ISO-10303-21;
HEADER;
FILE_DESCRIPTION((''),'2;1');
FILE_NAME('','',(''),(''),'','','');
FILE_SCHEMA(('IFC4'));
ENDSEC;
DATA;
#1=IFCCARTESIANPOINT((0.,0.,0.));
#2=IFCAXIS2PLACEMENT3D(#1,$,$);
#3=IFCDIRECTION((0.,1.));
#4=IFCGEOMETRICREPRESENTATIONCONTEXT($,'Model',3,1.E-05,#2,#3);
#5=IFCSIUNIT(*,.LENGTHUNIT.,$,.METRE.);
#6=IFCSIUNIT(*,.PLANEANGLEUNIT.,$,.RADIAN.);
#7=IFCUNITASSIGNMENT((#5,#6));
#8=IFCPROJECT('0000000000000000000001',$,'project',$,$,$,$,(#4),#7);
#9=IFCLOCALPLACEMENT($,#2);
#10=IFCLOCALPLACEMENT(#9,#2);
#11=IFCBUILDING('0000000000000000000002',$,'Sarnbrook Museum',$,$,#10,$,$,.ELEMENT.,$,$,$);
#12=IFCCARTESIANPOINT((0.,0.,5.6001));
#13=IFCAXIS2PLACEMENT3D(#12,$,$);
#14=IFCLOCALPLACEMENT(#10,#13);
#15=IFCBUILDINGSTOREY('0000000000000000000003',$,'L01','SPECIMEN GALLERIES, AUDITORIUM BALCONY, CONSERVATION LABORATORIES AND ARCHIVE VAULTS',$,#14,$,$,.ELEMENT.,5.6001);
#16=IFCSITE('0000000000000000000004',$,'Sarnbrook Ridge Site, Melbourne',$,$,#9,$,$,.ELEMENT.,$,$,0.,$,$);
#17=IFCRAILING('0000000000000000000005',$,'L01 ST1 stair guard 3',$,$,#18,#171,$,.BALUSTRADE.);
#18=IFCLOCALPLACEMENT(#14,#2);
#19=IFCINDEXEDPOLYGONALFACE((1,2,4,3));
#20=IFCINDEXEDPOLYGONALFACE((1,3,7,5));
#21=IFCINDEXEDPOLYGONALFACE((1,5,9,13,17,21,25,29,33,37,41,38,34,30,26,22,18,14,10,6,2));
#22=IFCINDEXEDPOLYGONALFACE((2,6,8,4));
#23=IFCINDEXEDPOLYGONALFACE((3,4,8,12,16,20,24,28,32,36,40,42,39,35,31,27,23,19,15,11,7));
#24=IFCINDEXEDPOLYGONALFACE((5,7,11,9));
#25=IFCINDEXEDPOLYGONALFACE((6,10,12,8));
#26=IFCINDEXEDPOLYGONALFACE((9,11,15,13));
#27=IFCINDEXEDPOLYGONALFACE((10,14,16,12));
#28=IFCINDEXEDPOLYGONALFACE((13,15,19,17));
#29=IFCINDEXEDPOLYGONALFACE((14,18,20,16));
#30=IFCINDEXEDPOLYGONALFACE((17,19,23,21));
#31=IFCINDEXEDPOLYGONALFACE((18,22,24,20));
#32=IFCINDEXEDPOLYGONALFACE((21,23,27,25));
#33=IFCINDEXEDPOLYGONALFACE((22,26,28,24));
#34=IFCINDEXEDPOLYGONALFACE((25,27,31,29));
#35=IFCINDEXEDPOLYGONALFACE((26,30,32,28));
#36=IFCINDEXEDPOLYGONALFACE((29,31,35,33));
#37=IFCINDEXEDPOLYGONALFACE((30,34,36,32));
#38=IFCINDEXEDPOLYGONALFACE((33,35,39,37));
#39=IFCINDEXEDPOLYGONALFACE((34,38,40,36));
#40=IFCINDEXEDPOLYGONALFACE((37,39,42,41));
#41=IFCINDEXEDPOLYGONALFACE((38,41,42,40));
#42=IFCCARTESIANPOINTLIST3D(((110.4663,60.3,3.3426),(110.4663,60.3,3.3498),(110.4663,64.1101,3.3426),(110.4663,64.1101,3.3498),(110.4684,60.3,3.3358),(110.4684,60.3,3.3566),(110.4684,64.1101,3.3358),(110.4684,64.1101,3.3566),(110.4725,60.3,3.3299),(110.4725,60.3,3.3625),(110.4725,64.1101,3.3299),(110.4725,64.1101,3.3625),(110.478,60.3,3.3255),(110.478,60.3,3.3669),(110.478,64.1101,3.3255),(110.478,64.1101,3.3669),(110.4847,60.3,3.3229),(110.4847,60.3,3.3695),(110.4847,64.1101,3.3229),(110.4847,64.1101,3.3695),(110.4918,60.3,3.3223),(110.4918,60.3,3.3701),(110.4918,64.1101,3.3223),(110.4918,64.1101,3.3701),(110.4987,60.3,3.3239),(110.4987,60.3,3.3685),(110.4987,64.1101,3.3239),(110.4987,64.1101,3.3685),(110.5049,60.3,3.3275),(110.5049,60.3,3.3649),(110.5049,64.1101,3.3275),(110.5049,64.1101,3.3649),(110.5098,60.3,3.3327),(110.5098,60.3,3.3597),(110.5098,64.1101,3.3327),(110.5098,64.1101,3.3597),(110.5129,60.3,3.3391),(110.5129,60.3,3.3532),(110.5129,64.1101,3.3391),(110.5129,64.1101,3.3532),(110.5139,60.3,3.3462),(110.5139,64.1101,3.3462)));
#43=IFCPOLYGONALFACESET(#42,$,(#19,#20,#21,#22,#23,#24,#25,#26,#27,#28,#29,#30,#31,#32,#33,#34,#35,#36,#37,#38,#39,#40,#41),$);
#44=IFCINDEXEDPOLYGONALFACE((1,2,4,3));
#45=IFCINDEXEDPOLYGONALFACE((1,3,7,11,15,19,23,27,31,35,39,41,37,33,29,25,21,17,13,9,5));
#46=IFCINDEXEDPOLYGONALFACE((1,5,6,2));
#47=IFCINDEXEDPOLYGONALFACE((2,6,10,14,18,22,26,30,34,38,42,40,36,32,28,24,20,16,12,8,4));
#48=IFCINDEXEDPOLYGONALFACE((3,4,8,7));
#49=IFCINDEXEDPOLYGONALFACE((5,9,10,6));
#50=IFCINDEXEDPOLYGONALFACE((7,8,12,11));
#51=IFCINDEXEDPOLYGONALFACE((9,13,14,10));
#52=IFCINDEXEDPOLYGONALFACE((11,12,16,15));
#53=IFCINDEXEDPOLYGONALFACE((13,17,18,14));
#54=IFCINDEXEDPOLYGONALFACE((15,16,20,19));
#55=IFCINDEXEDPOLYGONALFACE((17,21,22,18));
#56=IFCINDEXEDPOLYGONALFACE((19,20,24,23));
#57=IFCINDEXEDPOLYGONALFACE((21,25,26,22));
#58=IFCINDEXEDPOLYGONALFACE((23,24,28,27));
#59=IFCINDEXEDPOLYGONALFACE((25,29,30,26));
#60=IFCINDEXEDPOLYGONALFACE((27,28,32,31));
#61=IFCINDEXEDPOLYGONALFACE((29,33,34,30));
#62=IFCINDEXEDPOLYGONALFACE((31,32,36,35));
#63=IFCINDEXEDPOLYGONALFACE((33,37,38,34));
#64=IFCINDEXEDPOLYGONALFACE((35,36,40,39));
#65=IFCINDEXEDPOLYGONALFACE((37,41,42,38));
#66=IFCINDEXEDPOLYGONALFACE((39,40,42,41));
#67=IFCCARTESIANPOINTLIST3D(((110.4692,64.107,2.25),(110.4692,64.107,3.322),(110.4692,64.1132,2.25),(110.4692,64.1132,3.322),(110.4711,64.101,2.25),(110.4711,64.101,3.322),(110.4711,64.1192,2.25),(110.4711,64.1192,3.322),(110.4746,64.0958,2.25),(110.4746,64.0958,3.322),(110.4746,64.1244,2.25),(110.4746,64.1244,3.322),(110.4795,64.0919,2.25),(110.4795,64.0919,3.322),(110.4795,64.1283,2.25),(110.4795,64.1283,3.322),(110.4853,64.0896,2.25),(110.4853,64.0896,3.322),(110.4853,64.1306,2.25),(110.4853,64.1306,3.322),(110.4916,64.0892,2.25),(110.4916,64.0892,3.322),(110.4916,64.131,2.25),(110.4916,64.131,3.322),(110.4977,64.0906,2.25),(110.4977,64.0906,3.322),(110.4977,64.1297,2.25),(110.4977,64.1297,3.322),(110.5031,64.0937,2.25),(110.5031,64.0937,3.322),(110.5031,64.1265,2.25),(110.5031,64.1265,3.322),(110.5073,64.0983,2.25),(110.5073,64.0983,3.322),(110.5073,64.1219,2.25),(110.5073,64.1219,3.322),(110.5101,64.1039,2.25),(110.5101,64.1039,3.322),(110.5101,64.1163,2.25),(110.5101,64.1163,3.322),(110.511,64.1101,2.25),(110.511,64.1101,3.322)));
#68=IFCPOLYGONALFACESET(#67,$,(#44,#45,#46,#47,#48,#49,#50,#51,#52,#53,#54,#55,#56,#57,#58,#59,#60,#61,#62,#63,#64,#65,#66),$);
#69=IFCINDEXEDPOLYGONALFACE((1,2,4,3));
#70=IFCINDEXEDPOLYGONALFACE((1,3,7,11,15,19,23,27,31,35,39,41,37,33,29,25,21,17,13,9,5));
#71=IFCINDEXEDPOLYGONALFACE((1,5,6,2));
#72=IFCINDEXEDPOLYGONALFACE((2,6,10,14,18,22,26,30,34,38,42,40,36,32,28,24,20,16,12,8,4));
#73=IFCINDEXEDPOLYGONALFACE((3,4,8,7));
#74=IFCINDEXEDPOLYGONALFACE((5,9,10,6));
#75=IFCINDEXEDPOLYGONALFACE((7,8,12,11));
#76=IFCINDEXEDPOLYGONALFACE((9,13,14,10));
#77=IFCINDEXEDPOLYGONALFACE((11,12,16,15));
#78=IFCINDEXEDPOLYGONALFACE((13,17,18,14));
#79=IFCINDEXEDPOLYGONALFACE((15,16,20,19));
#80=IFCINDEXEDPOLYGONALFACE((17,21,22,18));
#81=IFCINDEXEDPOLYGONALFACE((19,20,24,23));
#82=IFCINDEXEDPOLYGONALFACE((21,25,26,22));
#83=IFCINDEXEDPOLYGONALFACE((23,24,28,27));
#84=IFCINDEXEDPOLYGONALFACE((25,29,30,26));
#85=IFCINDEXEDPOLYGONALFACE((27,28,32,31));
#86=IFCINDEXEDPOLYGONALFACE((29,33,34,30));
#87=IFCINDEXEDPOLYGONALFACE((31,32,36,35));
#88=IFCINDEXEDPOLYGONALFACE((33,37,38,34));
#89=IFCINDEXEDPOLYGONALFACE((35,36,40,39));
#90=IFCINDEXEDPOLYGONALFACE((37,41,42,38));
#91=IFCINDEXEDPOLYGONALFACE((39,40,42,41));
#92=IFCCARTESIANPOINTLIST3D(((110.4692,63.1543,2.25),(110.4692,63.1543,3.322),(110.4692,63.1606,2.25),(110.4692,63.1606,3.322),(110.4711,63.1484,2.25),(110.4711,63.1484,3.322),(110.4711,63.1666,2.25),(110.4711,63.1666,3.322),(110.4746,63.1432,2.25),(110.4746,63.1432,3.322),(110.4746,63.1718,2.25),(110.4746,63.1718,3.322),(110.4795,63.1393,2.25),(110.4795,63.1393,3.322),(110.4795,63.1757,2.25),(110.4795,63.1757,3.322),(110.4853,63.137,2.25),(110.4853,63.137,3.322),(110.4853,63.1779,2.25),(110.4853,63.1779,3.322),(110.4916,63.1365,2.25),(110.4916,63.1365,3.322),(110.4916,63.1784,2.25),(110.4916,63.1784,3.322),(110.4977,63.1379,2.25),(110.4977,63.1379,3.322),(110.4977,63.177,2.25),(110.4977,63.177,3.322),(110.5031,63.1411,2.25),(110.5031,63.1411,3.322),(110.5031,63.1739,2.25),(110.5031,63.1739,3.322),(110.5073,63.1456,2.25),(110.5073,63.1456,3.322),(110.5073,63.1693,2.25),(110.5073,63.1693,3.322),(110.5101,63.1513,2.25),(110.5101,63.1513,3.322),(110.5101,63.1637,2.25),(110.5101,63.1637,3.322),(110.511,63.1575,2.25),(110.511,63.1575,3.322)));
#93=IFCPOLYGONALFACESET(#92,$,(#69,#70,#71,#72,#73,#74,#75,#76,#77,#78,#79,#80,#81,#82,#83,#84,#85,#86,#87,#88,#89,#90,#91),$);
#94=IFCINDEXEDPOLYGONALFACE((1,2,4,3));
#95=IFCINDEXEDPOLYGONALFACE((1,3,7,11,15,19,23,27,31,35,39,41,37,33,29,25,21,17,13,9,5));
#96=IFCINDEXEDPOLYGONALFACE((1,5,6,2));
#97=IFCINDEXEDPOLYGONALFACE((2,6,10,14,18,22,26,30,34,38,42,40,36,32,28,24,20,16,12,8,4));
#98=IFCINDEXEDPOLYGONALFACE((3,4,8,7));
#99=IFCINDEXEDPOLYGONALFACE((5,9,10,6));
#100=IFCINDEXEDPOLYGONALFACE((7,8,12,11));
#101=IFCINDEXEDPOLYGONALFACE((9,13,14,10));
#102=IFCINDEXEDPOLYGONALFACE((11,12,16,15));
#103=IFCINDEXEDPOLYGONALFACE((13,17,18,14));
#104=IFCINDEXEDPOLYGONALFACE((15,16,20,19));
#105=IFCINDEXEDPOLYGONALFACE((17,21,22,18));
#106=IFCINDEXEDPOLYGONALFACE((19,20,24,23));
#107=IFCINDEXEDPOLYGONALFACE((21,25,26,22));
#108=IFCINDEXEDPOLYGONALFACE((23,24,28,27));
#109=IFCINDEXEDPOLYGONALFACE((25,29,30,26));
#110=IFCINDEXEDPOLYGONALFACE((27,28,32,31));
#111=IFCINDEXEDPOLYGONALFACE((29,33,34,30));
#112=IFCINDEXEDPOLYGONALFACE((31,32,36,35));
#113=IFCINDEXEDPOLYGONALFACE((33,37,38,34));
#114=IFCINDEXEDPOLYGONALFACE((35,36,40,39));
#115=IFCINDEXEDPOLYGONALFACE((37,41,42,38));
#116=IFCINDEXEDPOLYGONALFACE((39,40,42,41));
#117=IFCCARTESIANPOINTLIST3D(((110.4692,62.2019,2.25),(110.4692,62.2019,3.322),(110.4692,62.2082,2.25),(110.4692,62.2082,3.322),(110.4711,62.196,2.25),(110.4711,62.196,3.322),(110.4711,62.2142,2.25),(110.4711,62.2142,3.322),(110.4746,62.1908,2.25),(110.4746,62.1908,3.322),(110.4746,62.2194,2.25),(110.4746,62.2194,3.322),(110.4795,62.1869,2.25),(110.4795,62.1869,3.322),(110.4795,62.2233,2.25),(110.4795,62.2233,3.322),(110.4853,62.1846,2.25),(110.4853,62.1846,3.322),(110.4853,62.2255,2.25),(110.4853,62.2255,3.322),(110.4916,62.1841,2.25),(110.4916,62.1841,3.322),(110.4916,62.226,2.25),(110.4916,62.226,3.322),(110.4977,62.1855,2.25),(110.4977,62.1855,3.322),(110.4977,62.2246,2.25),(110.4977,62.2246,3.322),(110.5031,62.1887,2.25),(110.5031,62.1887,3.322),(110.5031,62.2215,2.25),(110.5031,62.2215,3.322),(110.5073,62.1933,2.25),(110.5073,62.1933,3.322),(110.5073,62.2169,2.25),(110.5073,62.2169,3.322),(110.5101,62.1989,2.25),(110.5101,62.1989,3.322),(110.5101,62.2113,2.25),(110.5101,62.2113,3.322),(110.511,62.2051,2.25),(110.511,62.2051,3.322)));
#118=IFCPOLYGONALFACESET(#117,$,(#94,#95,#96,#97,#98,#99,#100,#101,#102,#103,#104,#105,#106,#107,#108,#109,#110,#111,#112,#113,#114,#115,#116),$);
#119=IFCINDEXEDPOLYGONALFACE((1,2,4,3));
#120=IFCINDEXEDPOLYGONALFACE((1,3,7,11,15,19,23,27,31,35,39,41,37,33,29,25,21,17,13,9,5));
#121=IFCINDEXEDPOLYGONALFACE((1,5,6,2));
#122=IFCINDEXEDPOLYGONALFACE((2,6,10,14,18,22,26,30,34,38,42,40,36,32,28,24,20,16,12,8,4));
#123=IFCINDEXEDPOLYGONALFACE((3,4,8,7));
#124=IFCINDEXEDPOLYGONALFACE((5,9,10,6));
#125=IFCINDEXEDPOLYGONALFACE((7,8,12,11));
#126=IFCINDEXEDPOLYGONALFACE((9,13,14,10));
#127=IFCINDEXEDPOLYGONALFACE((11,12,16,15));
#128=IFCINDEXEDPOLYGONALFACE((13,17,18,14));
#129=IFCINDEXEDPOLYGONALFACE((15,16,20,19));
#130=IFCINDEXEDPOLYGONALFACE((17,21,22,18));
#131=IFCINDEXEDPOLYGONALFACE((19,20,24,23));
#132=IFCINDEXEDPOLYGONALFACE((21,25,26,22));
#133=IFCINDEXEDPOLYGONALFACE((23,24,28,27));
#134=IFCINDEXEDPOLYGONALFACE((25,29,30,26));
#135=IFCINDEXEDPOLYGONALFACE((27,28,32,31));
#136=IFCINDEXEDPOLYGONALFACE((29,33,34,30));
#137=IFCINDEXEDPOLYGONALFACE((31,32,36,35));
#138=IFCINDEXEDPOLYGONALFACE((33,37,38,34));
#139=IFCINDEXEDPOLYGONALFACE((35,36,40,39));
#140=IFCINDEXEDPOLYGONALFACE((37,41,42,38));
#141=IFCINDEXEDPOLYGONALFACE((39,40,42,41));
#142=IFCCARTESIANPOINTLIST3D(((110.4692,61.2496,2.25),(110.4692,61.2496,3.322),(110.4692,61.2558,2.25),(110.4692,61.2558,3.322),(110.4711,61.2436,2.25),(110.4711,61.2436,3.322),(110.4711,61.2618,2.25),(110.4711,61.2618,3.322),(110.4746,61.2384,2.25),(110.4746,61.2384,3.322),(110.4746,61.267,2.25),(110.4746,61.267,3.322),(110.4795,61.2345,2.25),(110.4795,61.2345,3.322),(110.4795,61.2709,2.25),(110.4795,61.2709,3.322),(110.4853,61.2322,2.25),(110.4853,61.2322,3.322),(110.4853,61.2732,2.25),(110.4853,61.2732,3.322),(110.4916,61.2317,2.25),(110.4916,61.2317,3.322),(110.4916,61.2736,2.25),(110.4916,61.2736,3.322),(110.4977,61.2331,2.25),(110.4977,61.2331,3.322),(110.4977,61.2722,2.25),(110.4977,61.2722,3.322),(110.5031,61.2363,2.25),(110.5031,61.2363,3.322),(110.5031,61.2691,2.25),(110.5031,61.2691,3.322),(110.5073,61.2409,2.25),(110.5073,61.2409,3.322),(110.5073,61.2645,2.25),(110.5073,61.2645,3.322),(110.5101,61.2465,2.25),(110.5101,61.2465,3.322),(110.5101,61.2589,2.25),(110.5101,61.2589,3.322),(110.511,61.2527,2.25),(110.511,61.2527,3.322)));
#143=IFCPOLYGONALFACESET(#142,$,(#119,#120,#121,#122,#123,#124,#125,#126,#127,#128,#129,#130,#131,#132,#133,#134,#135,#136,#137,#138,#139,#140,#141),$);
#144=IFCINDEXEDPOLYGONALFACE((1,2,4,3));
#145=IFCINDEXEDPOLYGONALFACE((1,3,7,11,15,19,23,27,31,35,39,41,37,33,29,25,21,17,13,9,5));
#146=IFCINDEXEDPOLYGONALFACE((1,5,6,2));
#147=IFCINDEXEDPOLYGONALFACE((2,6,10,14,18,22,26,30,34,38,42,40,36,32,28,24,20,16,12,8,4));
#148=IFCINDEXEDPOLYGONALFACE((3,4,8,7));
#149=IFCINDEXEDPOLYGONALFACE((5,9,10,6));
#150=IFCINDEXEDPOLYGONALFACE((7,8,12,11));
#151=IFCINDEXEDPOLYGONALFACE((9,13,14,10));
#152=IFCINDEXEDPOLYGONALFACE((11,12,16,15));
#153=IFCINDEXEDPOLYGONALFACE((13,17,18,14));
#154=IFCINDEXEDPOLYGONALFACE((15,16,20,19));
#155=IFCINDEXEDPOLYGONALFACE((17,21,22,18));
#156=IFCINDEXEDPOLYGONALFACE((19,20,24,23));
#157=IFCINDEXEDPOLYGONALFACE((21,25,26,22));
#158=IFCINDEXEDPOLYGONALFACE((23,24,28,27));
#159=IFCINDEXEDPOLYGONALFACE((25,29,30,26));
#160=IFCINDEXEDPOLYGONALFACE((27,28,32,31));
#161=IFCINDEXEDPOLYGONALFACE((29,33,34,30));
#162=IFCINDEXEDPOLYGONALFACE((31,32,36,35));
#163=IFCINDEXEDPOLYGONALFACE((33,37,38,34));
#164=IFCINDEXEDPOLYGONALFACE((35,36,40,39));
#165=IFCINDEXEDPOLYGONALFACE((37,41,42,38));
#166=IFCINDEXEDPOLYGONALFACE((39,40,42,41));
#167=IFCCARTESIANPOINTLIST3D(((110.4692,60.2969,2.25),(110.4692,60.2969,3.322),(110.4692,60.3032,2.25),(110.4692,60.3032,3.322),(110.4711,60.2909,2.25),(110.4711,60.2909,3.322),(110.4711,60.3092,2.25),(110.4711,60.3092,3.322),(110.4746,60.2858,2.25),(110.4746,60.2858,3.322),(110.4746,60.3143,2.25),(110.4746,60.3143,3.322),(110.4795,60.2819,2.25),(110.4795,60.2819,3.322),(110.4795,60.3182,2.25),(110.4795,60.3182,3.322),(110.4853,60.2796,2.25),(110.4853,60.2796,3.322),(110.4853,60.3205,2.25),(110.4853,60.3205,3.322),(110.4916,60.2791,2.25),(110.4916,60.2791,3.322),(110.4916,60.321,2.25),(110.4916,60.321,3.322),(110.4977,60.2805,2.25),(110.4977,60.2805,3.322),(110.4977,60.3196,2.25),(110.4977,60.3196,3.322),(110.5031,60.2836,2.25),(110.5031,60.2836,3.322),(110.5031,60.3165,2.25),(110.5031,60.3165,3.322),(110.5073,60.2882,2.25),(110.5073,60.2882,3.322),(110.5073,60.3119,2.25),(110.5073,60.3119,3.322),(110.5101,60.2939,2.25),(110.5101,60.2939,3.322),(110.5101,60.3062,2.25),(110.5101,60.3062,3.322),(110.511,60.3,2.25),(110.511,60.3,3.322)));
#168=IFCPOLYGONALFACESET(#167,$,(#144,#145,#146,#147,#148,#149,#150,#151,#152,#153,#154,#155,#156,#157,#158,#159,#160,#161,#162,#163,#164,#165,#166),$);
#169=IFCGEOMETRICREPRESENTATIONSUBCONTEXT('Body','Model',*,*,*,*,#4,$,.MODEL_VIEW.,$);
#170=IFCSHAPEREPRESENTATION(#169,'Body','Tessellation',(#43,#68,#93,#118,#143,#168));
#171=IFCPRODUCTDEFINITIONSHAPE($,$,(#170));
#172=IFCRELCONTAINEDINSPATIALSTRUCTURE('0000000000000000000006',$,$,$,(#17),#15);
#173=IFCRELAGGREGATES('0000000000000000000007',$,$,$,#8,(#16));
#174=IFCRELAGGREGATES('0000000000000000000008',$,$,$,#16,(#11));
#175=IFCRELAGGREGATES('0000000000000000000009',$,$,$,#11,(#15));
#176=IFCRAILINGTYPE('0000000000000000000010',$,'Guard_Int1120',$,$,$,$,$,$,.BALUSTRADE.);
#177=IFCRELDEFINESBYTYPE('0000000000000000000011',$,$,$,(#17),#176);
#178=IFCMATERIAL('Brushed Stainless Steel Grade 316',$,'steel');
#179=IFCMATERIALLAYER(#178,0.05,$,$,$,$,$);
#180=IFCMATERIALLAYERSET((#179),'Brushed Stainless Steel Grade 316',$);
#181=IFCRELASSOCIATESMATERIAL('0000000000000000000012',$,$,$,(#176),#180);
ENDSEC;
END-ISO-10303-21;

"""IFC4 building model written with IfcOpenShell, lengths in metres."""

from ifc_helpers import new_model, si_unit, direction, frame, origin, origin_2d, place, context, subcontext, project, spatial, circle, extrude, material, layer, layer_set, type_object, element, save


model = new_model("IFC4")

# Units and contexts
model_context = context("Model", 3, precision=1e-05, world=origin(), true_north=direction((0.0, 1.0)))
body_context = subcontext(model_context, "Body", "Model", "MODEL_VIEW")
ifc_project = project(units=[si_unit("LENGTHUNIT", "METRE"), si_unit("PLANEANGLEUNIT", "RADIAN")], contexts=[model_context])

# Site, building, storey
site_placement = place(None, origin())
site = spatial("IfcSite", under=ifc_project, at=site_placement, Name="Sarnbrook Ridge Site, Melbourne", CompositionType="ELEMENT", RefElevation=0.0)
building_placement = place(site_placement, origin())
building = spatial("IfcBuilding", under=site, at=building_placement, Name="Sarnbrook Museum", CompositionType="ELEMENT")
storey_placement = place(building_placement, frame((0.0, 0.0, 5.6001)))
storey = spatial("IfcBuildingStorey", under=building, at=storey_placement, Name="L01", Description="SPECIMEN GALLERIES, AUDITORIUM BALCONY, CONSERVATION LABORATORIES AND ARCHIVE VAULTS", CompositionType="ELEMENT", Elevation=5.6001)

# Railing
ifc_material_1 = material(Name="Brushed Stainless Steel Grade 316", Category="steel")
ifc_layer_1 = layer(ifc_material_1, 0.05)
ifc_layer_set_1 = layer_set([ifc_layer_1], Name="Brushed Stainless Steel Grade 316")
railing_type_1 = type_object("IfcRailingType", Name="Guard_Int1120", PredefinedType="BALUSTRADE", material=ifc_layer_set_1)
for number, where, name in (
    (1, (110.49, 64.1101, 2.25), "L01 ST1 stair guard 3"),
):
    element("IfcRailing", number, at=place(storey_placement, frame(where)), inside=storey, type_object=railing_type_1, Name=name, PredefinedType="BALUSTRADE", context=body_context, shape_type="SweptSolid", body=[
        extrude(circle(Radius=0.0239, at=origin_2d()), frame((0.0, 0.0, 1.0962), z_axis=(0.0, -1.0, 0.0), x_axis=(1.0, 0.0, 0.0)), (0.0, 0.0, 1.0), 3.8101),
        extrude(circle(Radius=0.021, at=origin_2d()), origin(), (0.0, 0.0, 1.0), 1.072),
        extrude(circle(Radius=0.021, at=origin_2d()), frame((0.0, -0.9526, 0.0)), (0.0, 0.0, 1.0), 1.072),
        extrude(circle(Radius=0.021, at=origin_2d()), frame((0.0, -1.905, 0.0)), (0.0, 0.0, 1.0), 1.072),
        extrude(circle(Radius=0.021, at=origin_2d()), frame((0.0, -2.8574, 0.0)), (0.0, 0.0, 1.0), 1.072),
        extrude(circle(Radius=0.021, at=origin_2d()), frame((0.0, -3.8101, 0.0)), (0.0, 0.0, 1.0), 1.072),
    ])

save(model, "model.ifc")
